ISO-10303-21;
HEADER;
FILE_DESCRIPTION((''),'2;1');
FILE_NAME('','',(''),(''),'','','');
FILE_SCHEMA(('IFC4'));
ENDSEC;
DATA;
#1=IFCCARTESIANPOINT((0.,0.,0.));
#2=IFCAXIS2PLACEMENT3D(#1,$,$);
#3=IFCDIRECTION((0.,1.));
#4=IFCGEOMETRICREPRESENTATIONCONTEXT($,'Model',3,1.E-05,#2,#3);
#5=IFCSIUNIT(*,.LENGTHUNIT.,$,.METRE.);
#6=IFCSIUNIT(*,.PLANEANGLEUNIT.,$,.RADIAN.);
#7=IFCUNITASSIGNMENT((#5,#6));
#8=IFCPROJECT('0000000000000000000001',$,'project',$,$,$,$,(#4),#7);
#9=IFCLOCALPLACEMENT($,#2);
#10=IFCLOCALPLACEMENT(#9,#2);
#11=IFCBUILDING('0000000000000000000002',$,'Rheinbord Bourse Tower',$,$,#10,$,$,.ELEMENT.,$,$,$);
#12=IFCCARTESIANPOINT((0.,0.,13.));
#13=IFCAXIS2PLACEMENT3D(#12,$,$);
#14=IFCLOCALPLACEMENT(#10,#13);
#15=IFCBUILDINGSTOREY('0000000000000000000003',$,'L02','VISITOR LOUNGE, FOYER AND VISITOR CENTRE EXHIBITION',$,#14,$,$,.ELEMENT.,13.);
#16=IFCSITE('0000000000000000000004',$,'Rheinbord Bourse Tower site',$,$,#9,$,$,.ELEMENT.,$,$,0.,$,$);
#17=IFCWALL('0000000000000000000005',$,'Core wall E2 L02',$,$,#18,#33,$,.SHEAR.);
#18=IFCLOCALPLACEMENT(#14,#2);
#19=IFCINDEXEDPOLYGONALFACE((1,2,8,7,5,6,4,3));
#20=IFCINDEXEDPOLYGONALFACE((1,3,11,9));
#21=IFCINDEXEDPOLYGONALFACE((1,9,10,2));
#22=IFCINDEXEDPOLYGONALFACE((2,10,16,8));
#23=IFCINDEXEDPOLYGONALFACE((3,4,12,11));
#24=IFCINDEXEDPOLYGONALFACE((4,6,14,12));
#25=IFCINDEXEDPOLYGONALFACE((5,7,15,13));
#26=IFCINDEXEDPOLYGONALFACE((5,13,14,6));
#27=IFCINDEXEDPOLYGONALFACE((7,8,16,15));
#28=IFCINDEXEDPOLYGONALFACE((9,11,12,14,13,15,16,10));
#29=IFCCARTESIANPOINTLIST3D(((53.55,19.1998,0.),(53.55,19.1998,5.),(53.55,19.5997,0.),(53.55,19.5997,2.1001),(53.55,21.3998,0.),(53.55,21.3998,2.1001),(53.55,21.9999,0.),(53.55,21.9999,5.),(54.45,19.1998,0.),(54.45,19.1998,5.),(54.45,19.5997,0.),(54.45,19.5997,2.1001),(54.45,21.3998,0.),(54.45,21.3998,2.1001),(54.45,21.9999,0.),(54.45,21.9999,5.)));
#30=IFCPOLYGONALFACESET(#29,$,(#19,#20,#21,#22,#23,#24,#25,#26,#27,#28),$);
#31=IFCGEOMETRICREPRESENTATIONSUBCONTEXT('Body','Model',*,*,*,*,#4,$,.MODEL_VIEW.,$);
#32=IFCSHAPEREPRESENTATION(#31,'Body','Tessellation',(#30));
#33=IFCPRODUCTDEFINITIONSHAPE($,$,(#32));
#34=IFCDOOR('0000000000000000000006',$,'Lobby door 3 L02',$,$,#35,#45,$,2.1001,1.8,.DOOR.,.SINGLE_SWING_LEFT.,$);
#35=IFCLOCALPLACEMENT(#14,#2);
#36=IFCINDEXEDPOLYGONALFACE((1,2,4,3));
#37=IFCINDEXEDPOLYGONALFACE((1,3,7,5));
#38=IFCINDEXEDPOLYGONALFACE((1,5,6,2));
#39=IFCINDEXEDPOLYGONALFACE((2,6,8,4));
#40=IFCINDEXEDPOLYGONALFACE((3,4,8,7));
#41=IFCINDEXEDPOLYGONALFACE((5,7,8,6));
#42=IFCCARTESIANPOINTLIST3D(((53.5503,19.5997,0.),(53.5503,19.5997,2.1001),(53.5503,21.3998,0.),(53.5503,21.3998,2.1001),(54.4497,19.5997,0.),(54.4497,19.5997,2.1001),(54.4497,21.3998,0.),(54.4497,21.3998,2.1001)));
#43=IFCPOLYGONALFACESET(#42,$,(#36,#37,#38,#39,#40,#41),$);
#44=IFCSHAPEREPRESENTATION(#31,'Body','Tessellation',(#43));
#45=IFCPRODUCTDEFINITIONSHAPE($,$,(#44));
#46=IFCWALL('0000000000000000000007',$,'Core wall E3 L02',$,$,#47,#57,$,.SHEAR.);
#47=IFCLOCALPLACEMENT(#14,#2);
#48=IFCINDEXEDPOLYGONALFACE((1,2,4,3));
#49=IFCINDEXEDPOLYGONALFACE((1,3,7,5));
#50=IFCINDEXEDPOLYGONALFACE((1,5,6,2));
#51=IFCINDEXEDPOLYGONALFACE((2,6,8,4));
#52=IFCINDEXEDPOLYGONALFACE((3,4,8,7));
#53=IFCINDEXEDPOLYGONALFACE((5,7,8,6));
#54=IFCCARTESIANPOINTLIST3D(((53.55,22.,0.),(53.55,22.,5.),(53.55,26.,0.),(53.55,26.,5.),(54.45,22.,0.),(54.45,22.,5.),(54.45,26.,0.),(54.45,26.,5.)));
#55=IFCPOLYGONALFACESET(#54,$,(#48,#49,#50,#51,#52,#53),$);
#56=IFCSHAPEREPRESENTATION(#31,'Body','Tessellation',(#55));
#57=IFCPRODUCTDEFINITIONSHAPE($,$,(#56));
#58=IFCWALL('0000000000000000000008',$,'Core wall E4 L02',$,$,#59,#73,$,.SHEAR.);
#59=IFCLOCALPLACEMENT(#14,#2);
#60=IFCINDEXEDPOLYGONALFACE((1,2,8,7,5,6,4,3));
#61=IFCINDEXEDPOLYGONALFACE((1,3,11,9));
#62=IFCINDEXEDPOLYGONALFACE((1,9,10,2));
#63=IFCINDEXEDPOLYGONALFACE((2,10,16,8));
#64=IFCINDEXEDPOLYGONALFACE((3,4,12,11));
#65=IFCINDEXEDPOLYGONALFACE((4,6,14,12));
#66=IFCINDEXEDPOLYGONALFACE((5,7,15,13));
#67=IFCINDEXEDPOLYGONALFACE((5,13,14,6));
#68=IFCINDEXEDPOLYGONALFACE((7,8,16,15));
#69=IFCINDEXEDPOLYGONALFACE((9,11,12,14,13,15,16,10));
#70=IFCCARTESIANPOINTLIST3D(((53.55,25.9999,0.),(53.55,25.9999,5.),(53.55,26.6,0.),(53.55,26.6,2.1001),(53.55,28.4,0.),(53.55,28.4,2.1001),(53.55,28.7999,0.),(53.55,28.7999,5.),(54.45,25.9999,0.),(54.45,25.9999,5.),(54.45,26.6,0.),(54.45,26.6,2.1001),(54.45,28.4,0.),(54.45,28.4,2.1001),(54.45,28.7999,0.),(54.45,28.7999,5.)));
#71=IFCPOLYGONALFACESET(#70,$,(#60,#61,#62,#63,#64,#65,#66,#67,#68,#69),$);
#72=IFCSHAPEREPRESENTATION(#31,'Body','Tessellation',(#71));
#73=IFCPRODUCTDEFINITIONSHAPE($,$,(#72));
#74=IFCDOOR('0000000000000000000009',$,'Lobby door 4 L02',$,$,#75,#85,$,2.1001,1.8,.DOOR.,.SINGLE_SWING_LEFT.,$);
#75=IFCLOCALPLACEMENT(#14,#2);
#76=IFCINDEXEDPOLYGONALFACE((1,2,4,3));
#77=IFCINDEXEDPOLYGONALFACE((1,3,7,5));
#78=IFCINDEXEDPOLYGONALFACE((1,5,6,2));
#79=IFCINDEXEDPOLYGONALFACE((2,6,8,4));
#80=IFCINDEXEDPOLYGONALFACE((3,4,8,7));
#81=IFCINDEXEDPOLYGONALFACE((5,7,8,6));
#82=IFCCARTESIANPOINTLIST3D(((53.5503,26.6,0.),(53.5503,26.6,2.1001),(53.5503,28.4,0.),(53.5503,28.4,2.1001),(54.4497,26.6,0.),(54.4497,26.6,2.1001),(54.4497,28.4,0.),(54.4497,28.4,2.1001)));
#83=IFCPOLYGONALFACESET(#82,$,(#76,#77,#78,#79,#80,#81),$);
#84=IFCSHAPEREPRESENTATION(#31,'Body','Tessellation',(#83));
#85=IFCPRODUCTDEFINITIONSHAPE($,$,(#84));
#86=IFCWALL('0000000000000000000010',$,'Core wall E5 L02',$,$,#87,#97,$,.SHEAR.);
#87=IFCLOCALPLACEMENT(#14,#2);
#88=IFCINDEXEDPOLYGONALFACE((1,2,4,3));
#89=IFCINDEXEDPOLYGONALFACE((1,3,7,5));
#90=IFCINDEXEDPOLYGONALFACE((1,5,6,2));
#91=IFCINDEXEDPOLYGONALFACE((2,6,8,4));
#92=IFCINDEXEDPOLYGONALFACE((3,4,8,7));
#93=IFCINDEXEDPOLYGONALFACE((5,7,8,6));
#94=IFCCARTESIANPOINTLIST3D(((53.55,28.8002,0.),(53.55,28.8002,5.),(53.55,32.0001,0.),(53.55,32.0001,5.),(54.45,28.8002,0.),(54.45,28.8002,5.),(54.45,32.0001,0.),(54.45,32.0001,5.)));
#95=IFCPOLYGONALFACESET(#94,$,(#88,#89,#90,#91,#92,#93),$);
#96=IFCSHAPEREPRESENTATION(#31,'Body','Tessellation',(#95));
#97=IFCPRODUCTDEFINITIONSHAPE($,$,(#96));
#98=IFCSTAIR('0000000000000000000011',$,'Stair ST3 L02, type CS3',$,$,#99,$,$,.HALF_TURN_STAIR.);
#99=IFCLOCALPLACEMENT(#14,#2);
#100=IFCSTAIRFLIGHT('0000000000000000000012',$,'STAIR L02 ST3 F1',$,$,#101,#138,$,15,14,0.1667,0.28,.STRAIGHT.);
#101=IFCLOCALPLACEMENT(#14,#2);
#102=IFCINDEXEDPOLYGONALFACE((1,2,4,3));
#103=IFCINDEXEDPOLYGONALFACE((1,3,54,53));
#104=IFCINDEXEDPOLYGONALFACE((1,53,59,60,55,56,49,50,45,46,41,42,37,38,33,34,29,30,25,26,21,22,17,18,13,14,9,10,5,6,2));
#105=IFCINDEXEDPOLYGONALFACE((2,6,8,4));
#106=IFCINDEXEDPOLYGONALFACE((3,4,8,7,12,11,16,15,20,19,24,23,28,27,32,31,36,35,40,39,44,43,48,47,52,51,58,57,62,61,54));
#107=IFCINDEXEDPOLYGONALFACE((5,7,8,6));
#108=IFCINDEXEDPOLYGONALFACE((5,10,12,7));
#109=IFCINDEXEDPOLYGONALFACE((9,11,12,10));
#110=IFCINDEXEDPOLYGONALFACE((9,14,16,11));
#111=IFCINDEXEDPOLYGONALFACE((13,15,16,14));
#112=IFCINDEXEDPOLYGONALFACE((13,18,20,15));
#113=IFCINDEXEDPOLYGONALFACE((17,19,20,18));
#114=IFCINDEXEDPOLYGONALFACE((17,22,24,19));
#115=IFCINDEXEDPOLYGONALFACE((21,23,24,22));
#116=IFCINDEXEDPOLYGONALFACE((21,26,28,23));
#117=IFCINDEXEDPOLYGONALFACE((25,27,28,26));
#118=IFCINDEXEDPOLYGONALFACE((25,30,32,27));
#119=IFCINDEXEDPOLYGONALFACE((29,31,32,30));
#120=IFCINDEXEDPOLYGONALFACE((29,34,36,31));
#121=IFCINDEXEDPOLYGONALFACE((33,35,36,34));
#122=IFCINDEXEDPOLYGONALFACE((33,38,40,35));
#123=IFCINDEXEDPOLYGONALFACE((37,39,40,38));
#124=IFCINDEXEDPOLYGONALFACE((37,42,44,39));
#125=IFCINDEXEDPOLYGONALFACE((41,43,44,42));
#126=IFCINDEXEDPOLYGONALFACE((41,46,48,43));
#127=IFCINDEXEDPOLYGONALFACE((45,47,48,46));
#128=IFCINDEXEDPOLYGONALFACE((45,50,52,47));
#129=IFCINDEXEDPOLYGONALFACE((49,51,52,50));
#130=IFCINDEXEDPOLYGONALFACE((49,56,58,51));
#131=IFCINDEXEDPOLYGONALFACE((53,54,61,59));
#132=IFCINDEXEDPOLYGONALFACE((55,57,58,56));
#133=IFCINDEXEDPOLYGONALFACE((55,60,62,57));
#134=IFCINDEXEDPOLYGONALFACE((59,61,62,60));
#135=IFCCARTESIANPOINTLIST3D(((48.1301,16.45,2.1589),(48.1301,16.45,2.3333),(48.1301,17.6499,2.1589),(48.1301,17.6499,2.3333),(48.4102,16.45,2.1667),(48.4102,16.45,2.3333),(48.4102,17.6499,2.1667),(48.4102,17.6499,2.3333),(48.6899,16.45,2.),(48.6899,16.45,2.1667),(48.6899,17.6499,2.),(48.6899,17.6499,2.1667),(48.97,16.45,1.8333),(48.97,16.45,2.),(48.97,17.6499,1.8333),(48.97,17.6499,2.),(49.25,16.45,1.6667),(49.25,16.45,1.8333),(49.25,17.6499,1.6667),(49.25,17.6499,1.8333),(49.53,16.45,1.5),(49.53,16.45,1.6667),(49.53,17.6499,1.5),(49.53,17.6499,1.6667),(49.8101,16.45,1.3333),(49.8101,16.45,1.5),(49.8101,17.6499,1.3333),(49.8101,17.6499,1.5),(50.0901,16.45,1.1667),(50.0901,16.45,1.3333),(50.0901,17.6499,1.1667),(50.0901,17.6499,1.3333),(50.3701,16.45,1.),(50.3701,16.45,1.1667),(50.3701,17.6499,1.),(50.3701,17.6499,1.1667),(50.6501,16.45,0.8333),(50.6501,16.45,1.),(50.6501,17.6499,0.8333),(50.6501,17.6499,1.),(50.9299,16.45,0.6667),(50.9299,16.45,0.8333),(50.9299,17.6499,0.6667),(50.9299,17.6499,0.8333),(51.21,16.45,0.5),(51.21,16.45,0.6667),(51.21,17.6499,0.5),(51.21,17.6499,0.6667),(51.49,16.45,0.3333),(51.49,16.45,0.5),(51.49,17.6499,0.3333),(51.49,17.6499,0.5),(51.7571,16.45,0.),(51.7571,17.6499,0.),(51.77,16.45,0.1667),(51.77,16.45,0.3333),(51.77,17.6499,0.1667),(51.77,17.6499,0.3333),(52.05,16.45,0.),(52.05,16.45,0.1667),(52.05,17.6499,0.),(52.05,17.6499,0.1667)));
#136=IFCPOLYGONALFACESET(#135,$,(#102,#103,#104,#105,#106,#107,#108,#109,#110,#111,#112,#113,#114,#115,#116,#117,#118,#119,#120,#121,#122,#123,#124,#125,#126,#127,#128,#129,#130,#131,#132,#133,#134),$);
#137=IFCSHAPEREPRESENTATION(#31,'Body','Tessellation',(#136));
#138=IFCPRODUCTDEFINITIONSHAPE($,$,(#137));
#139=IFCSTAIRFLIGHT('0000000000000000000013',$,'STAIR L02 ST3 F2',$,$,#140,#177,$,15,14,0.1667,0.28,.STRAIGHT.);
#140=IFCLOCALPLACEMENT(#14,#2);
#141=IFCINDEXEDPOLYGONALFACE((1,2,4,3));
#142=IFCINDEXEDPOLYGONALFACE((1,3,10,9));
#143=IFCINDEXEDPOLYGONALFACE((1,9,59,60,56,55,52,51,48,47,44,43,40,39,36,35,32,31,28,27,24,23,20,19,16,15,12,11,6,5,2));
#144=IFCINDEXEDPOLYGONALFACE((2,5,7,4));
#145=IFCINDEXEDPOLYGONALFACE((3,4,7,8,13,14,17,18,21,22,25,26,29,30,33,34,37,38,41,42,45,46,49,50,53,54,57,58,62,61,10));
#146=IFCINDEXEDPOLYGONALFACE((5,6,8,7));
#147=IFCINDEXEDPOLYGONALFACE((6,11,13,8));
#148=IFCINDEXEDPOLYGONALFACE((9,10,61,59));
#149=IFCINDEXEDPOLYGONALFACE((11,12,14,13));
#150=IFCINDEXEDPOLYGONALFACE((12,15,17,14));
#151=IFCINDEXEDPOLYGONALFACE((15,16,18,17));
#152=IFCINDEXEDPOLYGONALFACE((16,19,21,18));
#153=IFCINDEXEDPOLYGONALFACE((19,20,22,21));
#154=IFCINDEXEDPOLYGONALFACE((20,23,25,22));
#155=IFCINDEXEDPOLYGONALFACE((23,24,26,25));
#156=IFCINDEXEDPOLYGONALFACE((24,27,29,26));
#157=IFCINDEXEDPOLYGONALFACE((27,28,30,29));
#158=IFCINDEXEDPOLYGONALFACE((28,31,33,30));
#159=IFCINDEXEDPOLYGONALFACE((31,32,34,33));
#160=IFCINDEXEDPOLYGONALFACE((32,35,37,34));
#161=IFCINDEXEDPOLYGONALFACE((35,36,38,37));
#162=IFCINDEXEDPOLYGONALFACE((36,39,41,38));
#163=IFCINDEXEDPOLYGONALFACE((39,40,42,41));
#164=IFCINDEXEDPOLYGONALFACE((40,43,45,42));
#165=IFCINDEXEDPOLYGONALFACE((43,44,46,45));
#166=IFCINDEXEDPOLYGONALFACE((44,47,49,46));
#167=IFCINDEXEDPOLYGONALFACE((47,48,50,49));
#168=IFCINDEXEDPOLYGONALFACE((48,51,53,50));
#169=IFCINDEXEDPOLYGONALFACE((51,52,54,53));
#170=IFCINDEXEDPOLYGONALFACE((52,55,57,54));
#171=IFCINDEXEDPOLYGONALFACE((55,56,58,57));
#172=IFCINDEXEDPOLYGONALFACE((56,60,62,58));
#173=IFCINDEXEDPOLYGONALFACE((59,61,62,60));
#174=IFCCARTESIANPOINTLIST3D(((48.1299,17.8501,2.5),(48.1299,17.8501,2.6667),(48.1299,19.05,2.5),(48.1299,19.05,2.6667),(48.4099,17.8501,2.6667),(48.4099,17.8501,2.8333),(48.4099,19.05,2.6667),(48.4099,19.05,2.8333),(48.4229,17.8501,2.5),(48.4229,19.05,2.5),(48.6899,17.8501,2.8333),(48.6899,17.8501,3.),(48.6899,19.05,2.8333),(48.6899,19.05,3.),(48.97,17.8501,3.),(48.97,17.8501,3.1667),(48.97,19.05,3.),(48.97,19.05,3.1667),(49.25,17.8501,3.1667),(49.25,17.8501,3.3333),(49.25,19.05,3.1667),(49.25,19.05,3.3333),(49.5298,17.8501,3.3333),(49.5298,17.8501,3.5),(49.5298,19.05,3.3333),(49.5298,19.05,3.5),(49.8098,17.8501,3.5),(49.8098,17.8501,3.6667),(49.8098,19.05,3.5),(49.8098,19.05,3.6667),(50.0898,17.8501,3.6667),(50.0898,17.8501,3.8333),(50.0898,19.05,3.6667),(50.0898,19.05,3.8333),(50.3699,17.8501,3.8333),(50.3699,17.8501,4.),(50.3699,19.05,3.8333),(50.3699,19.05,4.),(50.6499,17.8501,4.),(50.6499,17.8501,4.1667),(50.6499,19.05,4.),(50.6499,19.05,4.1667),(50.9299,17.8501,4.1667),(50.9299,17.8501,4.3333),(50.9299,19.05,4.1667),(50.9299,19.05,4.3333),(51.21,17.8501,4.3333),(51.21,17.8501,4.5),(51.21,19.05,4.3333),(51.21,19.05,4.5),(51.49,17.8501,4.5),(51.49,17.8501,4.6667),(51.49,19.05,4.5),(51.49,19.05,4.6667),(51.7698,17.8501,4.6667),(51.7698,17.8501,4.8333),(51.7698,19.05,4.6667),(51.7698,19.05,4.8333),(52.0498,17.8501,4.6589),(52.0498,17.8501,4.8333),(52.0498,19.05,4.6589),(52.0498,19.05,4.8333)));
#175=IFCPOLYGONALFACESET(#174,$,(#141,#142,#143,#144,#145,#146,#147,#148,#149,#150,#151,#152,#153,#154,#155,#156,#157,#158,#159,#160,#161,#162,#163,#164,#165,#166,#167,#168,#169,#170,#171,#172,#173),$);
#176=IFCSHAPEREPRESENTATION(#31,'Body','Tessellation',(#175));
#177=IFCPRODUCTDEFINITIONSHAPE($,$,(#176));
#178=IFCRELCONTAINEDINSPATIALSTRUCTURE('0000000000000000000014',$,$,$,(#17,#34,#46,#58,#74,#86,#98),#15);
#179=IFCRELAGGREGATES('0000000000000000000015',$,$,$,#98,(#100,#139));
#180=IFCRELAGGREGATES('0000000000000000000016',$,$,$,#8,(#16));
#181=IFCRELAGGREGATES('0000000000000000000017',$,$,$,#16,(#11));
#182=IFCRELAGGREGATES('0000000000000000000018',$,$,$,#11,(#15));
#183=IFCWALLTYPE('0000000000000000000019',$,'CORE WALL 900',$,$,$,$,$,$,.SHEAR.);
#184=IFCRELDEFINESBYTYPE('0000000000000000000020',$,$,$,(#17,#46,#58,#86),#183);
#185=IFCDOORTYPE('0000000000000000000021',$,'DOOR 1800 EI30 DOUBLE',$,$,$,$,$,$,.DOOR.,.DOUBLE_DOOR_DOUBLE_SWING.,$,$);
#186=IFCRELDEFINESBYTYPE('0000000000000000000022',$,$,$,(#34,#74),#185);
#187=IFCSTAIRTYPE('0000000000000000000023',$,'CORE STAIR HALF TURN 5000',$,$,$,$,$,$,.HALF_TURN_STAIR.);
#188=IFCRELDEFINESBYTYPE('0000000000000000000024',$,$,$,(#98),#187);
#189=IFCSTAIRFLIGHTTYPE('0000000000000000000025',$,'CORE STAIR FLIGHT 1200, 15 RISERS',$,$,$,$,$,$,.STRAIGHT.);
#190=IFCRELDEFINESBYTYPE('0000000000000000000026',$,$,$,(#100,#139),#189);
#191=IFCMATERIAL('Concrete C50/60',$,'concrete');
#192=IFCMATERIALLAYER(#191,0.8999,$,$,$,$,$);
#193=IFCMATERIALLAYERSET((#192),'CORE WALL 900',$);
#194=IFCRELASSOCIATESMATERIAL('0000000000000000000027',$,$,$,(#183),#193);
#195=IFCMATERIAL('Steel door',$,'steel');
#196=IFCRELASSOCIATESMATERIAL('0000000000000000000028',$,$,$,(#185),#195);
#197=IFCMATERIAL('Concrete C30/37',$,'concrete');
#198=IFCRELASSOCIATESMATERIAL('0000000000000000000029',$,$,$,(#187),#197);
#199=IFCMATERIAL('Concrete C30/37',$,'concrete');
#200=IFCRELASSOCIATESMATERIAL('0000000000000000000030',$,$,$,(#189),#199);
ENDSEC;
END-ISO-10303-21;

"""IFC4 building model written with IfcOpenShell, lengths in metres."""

from ifc_helpers import new_model, si_unit, direction, frame, frame_2d, origin, place, context, subcontext, project, spatial, polyline, rectangle, outline, extrude, material, layer, layer_set, type_object, element, fill, aggregate, save


model = new_model("IFC4")

# Units and contexts
model_context = context("Model", 3, precision=1e-05, world=origin(), true_north=direction((0.0, 1.0)))
body_context = subcontext(model_context, "Body", "Model", "MODEL_VIEW")
ifc_project = project(units=[si_unit("LENGTHUNIT", "METRE"), si_unit("PLANEANGLEUNIT", "RADIAN")], contexts=[model_context])

# Site, building, storey
site_placement = place(None, origin())
site = spatial("IfcSite", under=ifc_project, at=site_placement, Name="Rheinbord Bourse Tower site", CompositionType="ELEMENT", RefElevation=0.0)
building_placement = place(site_placement, origin())
building = spatial("IfcBuilding", under=site, at=building_placement, Name="Rheinbord Bourse Tower", CompositionType="ELEMENT")
storey_placement = place(building_placement, frame((0.0, 0.0, 13.0)))
storey = spatial("IfcBuildingStorey", under=building, at=storey_placement, Name="L02", Description="VISITOR LOUNGE, FOYER AND VISITOR CENTRE EXHIBITION", CompositionType="ELEMENT", Elevation=13.0)

# Wall, opening, door
ifc_material_1 = material(Name="Concrete C50/60", Category="concrete")
ifc_layer_1 = layer(ifc_material_1, 0.8999)
ifc_layer_set_1 = layer_set([ifc_layer_1], Name="CORE WALL 900")
wall_type_1 = type_object("IfcWallType", Name="CORE WALL 900", PredefinedType="SHEAR", material=ifc_layer_set_1)
wall_1_placement = place(storey_placement, frame((54.0, 19.2, 0.0), z_axis=(0.0, 0.0, 1.0), x_axis=(0.0, 1.0, 0.0)))
wall_1 = element("IfcWall", 1, at=wall_1_placement, inside=storey, type_object=wall_type_1, Name="Core wall E2 L02", PredefinedType="SHEAR", context=body_context, shape_type="SweptSolid", body=[
    extrude(rectangle(XDim=2.8, YDim=0.8999, at=frame_2d((1.3999, 0.0))), origin(), (0.0, 0.0, 1.0), 5.0),
])
opening_1_placement = place(wall_1_placement, frame((0.3999, 0.0, 0.0)))
opening_1 = element("IfcOpeningElement", 2, at=opening_1_placement, cuts=wall_1, PredefinedType="OPENING", context=body_context, shape_type="SweptSolid", body=[
    extrude(rectangle(XDim=1.8, YDim=2.1001, at=frame_2d((0.8999, 1.05))), frame((0.0, 0.46, 0.0), z_axis=(0.0, -1.0, 0.0), x_axis=(1.0, 0.0, 0.0)), (0.0, 0.0, 1.0), 0.9199),
])
ifc_material_2 = material(Name="Steel door", Category="steel")
door_type_1 = type_object("IfcDoorType", Name="DOOR 1800 EI30 DOUBLE", OperationType="DOUBLE_DOOR_DOUBLE_SWING", PredefinedType="DOOR", material=ifc_material_2)
door_1_placement = place(opening_1_placement, origin())
door_1 = element("IfcDoor", 3, at=door_1_placement, inside=storey, type_object=door_type_1, Name="Lobby door 3 L02", OperationType="SINGLE_SWING_LEFT", OverallHeight=2.1001, OverallWidth=1.8, PredefinedType="DOOR", context=body_context, shape_type="SweptSolid", body=[
    extrude(rectangle(XDim=1.8, YDim=2.1001, at=frame_2d((0.8999, 1.05))), frame((0.0, 0.4497, 0.0), z_axis=(0.0, -1.0, 0.0), x_axis=(1.0, 0.0, 0.0)), (0.0, 0.0, 1.0), 0.8994),
])
fill(opening_1, door_1)

# Wall
wall_2_placement = place(storey_placement, frame((54.0, 22.0, 0.0), z_axis=(0.0, 0.0, 1.0), x_axis=(0.0, 1.0, 0.0)))
element("IfcWall", 4, at=wall_2_placement, inside=storey, type_object=wall_type_1, Name="Core wall E3 L02", PredefinedType="SHEAR", context=body_context, shape_type="SweptSolid", body=[
    extrude(rectangle(XDim=4.0, YDim=0.8999, at=frame_2d((2.0, 0.0))), origin(), (0.0, 0.0, 1.0), 5.0),
])

# Wall, opening, door
wall_3_placement = place(storey_placement, frame((54.0, 26.0, 0.0), z_axis=(0.0, 0.0, 1.0), x_axis=(0.0, 1.0, 0.0)))
wall_3 = element("IfcWall", 5, at=wall_3_placement, inside=storey, type_object=wall_type_1, Name="Core wall E4 L02", PredefinedType="SHEAR", context=body_context, shape_type="SweptSolid", body=[
    extrude(rectangle(XDim=2.8, YDim=0.8999, at=frame_2d((1.3999, 0.0))), origin(), (0.0, 0.0, 1.0), 5.0),
])
opening_2_placement = place(wall_3_placement, frame((0.6001, 0.0, 0.0)))
opening_2 = element("IfcOpeningElement", 6, at=opening_2_placement, cuts=wall_3, PredefinedType="OPENING", context=body_context, shape_type="SweptSolid", body=[
    extrude(rectangle(XDim=1.8, YDim=2.1001, at=frame_2d((0.8999, 1.05))), frame((0.0, 0.46, 0.0), z_axis=(0.0, -1.0, 0.0), x_axis=(1.0, 0.0, 0.0)), (0.0, 0.0, 1.0), 0.9199),
])
door_2_placement = place(opening_2_placement, origin())
door_2 = element("IfcDoor", 7, at=door_2_placement, inside=storey, type_object=door_type_1, Name="Lobby door 4 L02", OperationType="SINGLE_SWING_LEFT", OverallHeight=2.1001, OverallWidth=1.8, PredefinedType="DOOR", context=body_context, shape_type="SweptSolid", body=[
    extrude(rectangle(XDim=1.8, YDim=2.1001, at=frame_2d((0.8999, 1.05))), frame((0.0, 0.4497, 0.0), z_axis=(0.0, -1.0, 0.0), x_axis=(1.0, 0.0, 0.0)), (0.0, 0.0, 1.0), 0.8994),
])
fill(opening_2, door_2)

# Wall
wall_4_placement = place(storey_placement, frame((54.0, 28.8, 0.0), z_axis=(0.0, 0.0, 1.0), x_axis=(0.0, 1.0, 0.0)))
element("IfcWall", 8, at=wall_4_placement, inside=storey, type_object=wall_type_1, Name="Core wall E5 L02", PredefinedType="SHEAR", context=body_context, shape_type="SweptSolid", body=[
    extrude(rectangle(XDim=3.2, YDim=0.8999, at=frame_2d((1.6001, 0.0))), origin(), (0.0, 0.0, 1.0), 5.0),
])

# Stair, stair flights
ifc_material_3 = material(Name="Concrete C30/37", Category="concrete")
stair_type = type_object("IfcStairType", Name="CORE STAIR HALF TURN 5000", PredefinedType="HALF_TURN_STAIR", material=ifc_material_3)
stair_1_placement = place(storey_placement, origin())
stair_1 = element("IfcStair", 9, at=stair_1_placement, inside=storey, type_object=stair_type, Name="Stair ST3 L02, type CS3", PredefinedType="HALF_TURN_STAIR")
ifc_material_4 = material(Name="Concrete C30/37", Category="concrete")
stair_flight_type = type_object("IfcStairFlightType", Name="CORE STAIR FLIGHT 1200, 15 RISERS", PredefinedType="STRAIGHT", material=ifc_material_4)
stair_flight_1_placement = place(storey_placement, frame((52.05, 17.05, 0.0), z_axis=(0.0, 0.0, 1.0), x_axis=(-1.0, 0.0, 0.0)))
stair_flight_1 = element("IfcStairFlight", 10, at=stair_flight_1_placement, type_object=stair_flight_type, Name="STAIR L02 ST3 F1", NumberOfRisers=15, NumberOfTreads=14, PredefinedType="STRAIGHT", RiserHeight=0.1667, TreadLength=0.28, context=body_context, shape_type="SweptSolid", body=[
    extrude(outline(polyline([(0.0, 0.0), (0.0, 0.1667), (0.28, 0.1667), (0.28, 0.3333), (0.5601, 0.3333), (0.5601, 0.5), (0.8401, 0.5), (0.8401, 0.6667), (1.1201, 0.6667), (1.1201, 0.8333), (1.3999, 0.8333), (1.3999, 1.0), (1.6799, 1.0), (1.6799, 1.1667), (1.96, 1.1667), (1.96, 1.3333), (2.24, 1.3333), (2.24, 1.5), (2.52, 1.5), (2.52, 1.6667), (2.8, 1.6667), (2.8, 1.8333), (3.0801, 1.8333), (3.0801, 2.0), (3.3601, 2.0), (3.3601, 2.1667), (3.6399, 2.1667), (3.6399, 2.3333), (3.9199, 2.3333), (3.9199, 2.5), (3.9199, 2.1589), (0.293, 0.0), (0.0, 0.0)])), frame((0.0, 0.6001, 0.0), z_axis=(0.0, -1.0, 0.0), x_axis=(1.0, 0.0, 0.0)), (0.0, 0.0, 1.0), 1.2),
])
stair_flight_2_placement = place(storey_placement, frame((48.1299, 18.45, 2.5), z_axis=(0.0, 0.0, 1.0), x_axis=(1.0, 0.0, 0.0)))
stair_flight_2 = element("IfcStairFlight", 11, at=stair_flight_2_placement, type_object=stair_flight_type, Name="STAIR L02 ST3 F2", NumberOfRisers=15, NumberOfTreads=14, PredefinedType="STRAIGHT", RiserHeight=0.1667, TreadLength=0.28, context=body_context, shape_type="SweptSolid", body=[
    extrude(outline(polyline([(0.0, 0.0), (0.0, 0.1667), (0.28, 0.1667), (0.28, 0.3333), (0.5601, 0.3333), (0.5601, 0.5), (0.8401, 0.5), (0.8401, 0.6667), (1.1201, 0.6667), (1.1201, 0.8333), (1.3999, 0.8333), (1.3999, 1.0), (1.6799, 1.0), (1.6799, 1.1667), (1.96, 1.1667), (1.96, 1.3333), (2.24, 1.3333), (2.24, 1.5), (2.52, 1.5), (2.52, 1.6667), (2.8, 1.6667), (2.8, 1.8333), (3.0801, 1.8333), (3.0801, 2.0), (3.3601, 2.0), (3.3601, 2.1667), (3.6399, 2.1667), (3.6399, 2.3333), (3.9199, 2.3333), (3.9199, 2.5), (3.9199, 2.1589), (0.293, 0.0), (0.0, 0.0)])), frame((0.0, 0.6001, 0.0), z_axis=(0.0, -1.0, 0.0), x_axis=(1.0, 0.0, 0.0)), (0.0, 0.0, 1.0), 1.2),
])
aggregate(stair_1, [stair_flight_1, stair_flight_2])

save(model, "model.ifc")
